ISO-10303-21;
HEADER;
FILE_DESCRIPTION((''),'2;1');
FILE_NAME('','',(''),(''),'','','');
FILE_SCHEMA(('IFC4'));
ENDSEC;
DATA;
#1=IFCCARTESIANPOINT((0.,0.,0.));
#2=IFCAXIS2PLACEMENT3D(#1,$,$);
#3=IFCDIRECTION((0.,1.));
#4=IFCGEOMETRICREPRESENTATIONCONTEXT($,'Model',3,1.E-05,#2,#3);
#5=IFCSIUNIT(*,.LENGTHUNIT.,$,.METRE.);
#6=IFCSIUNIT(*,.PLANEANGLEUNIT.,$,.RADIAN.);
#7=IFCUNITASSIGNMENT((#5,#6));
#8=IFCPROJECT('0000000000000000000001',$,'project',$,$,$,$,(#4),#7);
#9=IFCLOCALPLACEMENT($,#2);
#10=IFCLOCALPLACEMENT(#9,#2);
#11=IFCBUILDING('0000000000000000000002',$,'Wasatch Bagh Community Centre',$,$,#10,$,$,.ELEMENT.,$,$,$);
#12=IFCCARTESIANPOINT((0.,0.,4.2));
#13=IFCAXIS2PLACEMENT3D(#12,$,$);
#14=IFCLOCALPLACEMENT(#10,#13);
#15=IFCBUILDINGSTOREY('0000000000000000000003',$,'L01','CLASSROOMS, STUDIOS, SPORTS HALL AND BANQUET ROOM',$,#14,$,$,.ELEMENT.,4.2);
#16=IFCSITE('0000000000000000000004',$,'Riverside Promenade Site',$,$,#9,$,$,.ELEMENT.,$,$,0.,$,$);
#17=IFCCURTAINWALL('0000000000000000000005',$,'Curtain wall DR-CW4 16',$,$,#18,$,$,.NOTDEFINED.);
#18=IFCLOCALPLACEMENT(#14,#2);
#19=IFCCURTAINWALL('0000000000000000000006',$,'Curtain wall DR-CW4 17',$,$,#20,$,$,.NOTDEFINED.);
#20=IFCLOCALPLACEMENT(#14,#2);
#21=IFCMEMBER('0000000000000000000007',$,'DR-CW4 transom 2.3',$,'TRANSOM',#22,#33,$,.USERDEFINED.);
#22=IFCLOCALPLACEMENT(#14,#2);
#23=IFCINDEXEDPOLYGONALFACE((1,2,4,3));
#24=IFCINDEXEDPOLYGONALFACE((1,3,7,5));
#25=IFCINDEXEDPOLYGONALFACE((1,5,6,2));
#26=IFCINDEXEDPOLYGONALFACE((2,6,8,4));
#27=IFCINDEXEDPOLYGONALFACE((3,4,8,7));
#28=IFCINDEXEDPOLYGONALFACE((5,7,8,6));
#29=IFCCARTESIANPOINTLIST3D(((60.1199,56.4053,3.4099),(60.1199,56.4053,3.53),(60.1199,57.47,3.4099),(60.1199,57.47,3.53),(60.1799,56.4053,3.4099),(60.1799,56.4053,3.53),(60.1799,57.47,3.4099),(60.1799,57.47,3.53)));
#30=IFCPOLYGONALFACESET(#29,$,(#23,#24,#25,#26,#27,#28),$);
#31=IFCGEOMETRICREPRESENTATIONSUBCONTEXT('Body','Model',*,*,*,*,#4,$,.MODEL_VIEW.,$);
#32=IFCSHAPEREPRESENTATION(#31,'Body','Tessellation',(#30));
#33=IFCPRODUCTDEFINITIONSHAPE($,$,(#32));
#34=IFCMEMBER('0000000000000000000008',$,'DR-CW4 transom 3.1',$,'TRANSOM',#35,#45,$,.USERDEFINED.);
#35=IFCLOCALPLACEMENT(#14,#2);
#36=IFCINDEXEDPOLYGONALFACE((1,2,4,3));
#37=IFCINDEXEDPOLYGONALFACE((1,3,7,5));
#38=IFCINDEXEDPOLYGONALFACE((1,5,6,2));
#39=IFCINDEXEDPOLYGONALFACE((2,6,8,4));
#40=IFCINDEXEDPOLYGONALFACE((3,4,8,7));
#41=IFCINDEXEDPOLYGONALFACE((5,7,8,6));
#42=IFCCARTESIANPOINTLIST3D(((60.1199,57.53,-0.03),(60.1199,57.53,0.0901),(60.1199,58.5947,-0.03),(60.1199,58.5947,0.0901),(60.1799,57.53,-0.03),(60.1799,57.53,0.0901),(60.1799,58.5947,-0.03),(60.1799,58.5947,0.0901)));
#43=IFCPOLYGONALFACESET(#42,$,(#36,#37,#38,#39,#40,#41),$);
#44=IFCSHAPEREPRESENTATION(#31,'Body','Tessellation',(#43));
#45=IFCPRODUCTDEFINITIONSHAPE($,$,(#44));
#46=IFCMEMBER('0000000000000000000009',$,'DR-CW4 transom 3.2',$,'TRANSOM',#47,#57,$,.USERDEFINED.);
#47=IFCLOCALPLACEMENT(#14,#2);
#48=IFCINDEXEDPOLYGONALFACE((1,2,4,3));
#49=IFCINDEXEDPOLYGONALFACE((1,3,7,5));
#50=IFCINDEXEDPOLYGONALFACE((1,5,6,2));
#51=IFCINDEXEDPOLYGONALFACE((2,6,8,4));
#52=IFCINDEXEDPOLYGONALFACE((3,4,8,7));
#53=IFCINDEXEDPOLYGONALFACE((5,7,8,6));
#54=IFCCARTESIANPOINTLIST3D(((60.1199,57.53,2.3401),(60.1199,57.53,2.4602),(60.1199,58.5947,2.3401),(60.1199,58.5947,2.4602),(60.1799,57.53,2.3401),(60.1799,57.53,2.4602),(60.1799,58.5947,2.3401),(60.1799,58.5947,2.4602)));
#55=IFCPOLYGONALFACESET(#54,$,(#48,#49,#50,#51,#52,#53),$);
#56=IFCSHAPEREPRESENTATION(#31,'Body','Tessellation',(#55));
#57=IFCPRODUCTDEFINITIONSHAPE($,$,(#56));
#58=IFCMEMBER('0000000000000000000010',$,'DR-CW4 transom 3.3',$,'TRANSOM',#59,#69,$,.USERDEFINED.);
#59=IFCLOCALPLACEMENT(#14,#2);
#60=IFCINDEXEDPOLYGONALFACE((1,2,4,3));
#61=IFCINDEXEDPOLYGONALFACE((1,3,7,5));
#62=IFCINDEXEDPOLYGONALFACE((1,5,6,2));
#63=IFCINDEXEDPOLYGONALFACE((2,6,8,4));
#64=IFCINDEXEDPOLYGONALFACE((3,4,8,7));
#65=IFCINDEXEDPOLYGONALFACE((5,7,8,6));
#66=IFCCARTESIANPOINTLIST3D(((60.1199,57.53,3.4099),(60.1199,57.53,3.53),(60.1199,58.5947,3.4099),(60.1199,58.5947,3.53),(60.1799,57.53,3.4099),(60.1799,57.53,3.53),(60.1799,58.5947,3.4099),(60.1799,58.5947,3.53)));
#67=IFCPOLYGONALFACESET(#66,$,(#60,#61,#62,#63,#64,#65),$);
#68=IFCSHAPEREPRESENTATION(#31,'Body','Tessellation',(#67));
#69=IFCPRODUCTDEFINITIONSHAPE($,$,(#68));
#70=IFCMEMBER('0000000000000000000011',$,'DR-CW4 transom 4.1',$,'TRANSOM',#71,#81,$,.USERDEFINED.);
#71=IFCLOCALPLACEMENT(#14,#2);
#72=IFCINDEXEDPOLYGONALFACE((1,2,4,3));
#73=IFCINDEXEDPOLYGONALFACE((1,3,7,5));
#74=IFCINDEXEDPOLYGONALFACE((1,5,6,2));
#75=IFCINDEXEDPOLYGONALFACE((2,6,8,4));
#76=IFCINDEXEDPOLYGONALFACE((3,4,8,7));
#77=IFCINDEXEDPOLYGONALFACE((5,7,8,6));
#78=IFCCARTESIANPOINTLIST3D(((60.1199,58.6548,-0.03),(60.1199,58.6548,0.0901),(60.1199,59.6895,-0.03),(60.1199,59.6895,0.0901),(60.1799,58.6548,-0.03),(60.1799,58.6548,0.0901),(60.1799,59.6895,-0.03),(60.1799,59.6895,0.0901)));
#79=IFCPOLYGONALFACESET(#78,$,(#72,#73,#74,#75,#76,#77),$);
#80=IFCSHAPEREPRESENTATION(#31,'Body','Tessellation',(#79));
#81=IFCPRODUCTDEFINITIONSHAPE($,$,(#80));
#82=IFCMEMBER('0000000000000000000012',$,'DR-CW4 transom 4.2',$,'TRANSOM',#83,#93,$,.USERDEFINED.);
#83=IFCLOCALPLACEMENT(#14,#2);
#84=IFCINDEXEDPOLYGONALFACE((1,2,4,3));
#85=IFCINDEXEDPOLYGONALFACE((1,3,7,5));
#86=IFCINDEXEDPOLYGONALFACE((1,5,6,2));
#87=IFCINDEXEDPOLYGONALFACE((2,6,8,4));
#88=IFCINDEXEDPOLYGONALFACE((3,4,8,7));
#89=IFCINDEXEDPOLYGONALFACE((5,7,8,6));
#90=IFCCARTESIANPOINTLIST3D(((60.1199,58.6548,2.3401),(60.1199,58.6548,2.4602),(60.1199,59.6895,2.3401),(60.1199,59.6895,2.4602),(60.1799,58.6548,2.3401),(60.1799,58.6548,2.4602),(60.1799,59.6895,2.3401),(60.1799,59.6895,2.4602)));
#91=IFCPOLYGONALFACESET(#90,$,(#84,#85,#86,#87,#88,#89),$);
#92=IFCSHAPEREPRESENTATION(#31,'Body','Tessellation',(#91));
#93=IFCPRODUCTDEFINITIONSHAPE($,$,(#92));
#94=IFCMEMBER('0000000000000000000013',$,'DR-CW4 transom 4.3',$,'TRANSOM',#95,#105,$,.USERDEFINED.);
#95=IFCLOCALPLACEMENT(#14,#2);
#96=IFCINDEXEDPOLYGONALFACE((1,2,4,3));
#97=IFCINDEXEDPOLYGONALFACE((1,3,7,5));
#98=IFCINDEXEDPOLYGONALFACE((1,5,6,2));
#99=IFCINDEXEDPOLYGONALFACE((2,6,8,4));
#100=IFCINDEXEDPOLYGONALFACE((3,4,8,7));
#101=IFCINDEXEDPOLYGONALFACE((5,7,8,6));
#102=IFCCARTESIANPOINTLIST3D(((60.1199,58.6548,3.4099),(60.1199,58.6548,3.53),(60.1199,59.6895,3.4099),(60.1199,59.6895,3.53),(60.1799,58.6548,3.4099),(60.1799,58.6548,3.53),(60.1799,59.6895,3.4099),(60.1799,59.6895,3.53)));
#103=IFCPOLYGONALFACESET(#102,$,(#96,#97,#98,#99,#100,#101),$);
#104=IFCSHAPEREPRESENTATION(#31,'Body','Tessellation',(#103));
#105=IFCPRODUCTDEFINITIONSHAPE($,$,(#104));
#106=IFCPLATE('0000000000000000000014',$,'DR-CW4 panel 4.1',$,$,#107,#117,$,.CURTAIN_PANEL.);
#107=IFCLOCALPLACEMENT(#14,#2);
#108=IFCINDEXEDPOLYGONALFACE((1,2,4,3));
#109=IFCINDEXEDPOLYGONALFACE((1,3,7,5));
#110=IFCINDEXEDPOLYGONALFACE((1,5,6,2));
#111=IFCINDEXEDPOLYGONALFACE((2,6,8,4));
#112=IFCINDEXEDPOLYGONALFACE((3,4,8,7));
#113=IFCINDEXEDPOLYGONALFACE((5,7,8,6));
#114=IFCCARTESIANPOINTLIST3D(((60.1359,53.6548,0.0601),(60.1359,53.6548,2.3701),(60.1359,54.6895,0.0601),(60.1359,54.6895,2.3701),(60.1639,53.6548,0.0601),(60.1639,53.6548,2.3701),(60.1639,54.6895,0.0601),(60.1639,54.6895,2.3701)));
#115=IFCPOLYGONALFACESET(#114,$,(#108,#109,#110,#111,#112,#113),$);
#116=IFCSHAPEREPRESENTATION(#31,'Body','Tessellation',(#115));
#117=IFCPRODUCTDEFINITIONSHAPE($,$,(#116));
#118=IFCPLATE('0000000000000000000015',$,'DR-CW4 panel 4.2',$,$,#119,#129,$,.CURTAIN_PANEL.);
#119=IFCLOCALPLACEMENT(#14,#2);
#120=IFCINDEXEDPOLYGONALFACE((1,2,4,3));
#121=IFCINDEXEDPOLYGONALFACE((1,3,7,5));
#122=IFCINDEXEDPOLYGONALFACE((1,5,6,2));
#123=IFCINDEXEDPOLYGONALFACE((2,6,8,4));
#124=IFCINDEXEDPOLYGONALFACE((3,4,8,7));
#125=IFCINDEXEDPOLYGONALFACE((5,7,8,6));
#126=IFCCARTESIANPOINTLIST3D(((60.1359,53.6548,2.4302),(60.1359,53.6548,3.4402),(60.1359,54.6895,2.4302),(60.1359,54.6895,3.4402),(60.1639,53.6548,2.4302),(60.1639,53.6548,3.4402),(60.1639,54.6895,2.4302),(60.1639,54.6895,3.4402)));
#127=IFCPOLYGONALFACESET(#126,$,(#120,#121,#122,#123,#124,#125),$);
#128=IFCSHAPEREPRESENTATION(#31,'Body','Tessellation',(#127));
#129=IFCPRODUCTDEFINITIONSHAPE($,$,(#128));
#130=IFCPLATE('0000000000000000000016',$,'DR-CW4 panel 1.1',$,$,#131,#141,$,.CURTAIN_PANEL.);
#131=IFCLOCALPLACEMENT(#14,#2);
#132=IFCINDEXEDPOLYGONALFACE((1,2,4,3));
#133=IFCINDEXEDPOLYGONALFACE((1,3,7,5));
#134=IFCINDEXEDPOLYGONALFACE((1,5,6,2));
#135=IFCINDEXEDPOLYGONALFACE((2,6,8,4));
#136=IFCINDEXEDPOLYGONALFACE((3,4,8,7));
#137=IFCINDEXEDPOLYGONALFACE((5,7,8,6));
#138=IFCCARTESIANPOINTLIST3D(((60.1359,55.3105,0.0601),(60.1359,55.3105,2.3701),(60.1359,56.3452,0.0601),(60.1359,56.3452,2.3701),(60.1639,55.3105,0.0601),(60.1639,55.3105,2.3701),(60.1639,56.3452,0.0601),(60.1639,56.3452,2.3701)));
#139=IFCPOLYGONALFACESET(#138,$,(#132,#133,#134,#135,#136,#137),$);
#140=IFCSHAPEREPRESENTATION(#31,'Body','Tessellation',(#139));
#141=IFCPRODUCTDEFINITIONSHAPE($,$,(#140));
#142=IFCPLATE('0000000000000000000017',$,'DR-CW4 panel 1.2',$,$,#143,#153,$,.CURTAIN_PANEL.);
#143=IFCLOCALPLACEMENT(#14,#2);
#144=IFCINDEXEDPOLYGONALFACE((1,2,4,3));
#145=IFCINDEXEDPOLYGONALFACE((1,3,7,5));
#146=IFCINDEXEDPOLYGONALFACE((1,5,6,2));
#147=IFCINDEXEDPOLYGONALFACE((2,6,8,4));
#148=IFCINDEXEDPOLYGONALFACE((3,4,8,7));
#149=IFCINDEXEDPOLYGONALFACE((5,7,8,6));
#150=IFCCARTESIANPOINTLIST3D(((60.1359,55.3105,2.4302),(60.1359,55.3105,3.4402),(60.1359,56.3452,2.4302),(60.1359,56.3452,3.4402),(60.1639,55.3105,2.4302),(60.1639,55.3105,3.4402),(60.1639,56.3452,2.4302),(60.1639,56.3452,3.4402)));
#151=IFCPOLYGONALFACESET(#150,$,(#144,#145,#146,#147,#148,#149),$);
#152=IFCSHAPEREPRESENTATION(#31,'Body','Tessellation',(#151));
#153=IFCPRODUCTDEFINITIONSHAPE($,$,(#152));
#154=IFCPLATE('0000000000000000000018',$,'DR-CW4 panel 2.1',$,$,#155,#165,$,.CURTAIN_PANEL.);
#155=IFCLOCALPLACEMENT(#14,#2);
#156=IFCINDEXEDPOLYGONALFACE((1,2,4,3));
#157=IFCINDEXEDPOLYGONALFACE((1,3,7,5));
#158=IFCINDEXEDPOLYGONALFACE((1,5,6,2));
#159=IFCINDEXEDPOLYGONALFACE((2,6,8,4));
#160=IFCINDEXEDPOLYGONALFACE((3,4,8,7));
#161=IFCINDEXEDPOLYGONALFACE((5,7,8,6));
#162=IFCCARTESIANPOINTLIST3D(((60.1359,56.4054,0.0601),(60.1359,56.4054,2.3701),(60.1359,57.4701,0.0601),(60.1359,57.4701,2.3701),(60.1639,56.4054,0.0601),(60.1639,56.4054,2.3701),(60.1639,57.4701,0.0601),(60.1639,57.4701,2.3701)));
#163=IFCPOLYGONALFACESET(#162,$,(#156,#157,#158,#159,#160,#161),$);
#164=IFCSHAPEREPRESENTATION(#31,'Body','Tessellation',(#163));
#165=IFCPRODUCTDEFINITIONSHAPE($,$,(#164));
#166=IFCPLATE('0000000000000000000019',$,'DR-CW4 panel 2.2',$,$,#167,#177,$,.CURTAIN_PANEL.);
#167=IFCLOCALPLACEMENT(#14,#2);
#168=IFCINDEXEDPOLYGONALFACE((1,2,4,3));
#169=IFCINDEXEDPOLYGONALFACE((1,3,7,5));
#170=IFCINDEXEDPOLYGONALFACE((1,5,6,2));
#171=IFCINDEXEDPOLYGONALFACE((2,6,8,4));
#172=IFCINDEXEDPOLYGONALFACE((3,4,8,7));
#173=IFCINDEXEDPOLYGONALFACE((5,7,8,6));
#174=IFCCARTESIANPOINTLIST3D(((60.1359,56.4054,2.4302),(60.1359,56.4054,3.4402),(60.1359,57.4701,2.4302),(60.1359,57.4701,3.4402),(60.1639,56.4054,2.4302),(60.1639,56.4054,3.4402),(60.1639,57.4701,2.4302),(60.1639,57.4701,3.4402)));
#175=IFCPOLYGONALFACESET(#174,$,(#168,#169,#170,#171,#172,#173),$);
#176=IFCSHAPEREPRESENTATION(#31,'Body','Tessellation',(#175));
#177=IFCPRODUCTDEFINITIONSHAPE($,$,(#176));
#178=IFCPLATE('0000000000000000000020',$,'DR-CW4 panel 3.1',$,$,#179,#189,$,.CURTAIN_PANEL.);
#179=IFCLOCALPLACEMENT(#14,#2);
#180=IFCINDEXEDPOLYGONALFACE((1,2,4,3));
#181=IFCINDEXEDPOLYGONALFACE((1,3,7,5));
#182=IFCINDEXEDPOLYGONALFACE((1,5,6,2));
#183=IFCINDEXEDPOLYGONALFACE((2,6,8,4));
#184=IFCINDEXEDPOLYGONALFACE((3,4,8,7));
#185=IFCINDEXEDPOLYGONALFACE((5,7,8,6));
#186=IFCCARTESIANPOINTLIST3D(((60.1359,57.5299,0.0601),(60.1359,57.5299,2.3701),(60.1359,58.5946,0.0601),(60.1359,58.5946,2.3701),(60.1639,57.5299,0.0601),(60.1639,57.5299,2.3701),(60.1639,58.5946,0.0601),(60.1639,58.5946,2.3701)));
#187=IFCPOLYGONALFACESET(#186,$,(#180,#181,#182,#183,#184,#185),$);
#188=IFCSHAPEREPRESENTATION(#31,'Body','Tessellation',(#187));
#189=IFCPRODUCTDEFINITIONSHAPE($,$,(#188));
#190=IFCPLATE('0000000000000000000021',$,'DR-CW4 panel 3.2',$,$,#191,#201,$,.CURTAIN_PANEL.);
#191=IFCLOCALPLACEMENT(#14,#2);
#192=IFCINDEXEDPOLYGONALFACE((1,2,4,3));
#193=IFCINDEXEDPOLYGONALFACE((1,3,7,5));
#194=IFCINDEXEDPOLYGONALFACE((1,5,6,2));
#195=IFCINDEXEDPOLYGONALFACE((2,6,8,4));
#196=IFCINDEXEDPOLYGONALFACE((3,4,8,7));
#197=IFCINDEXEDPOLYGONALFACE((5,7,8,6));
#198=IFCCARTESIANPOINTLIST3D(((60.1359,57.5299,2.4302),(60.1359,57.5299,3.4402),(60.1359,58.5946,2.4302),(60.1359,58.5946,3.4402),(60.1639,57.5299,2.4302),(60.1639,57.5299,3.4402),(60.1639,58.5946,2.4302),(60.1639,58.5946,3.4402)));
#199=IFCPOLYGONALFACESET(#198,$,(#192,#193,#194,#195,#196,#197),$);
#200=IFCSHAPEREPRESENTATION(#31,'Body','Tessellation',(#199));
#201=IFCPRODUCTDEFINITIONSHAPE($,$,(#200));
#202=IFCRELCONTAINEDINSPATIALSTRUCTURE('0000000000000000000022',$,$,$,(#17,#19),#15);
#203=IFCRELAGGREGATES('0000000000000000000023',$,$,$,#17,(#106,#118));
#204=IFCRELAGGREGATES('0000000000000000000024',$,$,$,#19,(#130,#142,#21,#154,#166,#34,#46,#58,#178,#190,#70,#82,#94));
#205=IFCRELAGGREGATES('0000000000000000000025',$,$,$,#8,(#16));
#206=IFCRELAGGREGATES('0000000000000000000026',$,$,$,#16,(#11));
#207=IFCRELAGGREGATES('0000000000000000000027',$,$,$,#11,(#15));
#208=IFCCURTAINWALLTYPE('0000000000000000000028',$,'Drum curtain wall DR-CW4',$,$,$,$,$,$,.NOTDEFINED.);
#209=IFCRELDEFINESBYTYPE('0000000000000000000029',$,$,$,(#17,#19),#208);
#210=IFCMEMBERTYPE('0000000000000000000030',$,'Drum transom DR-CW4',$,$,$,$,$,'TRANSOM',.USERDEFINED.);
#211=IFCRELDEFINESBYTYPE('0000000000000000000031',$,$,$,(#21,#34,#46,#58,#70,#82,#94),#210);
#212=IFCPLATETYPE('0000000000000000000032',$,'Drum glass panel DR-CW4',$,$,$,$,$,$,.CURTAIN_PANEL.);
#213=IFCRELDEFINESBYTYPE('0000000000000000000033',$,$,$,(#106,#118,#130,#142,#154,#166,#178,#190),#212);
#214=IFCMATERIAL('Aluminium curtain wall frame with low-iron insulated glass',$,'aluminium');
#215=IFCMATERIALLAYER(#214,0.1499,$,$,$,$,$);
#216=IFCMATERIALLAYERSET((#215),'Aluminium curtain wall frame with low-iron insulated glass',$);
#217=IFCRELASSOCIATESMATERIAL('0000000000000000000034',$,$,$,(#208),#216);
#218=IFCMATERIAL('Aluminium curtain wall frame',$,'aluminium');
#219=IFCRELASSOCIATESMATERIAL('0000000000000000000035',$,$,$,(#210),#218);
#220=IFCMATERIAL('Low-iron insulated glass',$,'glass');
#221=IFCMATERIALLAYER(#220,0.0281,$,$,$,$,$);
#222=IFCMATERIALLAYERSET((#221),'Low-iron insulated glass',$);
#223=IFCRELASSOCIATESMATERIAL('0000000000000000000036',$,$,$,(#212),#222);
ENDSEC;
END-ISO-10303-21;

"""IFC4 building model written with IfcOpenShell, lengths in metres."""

from ifc_helpers import new_model, si_unit, direction, frame, origin, origin_2d, place, context, subcontext, project, spatial, rectangle, extrude, material, layer, layer_set, material_profile, profile_set, type_object, element, aggregate, save


model = new_model("IFC4")

# Units and contexts
model_context = context("Model", 3, precision=1e-05, world=origin(), true_north=direction((0.0, 1.0)))
body_context = subcontext(model_context, "Body", "Model", "MODEL_VIEW")
ifc_project = project(units=[si_unit("LENGTHUNIT", "METRE"), si_unit("PLANEANGLEUNIT", "RADIAN")], contexts=[model_context])

# Site, building, storey
site_placement = place(None, origin())
site = spatial("IfcSite", under=ifc_project, at=site_placement, Name="Riverside Promenade Site", CompositionType="ELEMENT", RefElevation=0.0)
building_placement = place(site_placement, origin())
building = spatial("IfcBuilding", under=site, at=building_placement, Name="Wasatch Bagh Community Centre", CompositionType="ELEMENT")
storey_placement = place(building_placement, frame((0.0, 0.0, 4.2)))
storey = spatial("IfcBuildingStorey", under=building, at=storey_placement, Name="L01", Description="CLASSROOMS, STUDIOS, SPORTS HALL AND BANQUET ROOM", CompositionType="ELEMENT", Elevation=4.2)

# Curtain wall
ifc_material_1 = material(Name="Aluminium curtain wall frame with low-iron insulated glass", Category="aluminium")
ifc_layer_1 = layer(ifc_material_1, 0.1499)
ifc_layer_set_1 = layer_set([ifc_layer_1], Name="Aluminium curtain wall frame with low-iron insulated glass")
curtain_wall_type = type_object("IfcCurtainWallType", Name="Drum curtain wall DR-CW4", PredefinedType="NOTDEFINED", material=ifc_layer_set_1)
curtain_wall_1_placement = place(storey_placement, origin())
curtain_wall_1 = element("IfcCurtainWall", 1, at=curtain_wall_1_placement, inside=storey, type_object=curtain_wall_type, Name="Curtain wall DR-CW4 16", PredefinedType="NOTDEFINED")
ifc_material_2 = material(Name="Aluminium curtain wall frame", Category="aluminium")

# Curtain wall
curtain_wall_2_placement = place(storey_placement, origin())
curtain_wall_2 = element("IfcCurtainWall", 2, at=curtain_wall_2_placement, inside=storey, type_object=curtain_wall_type, Name="Curtain wall DR-CW4 17", PredefinedType="NOTDEFINED")

# Members
ifc_material_profile_1 = material_profile(ifc_material_2, rectangle(XDim=0.0601, YDim=0.1201, at=origin_2d()), Name="Drum transom DR-CW4")
ifc_profile_set_1 = profile_set([ifc_material_profile_1], Name="Aluminium curtain wall frame")
member_type_1 = type_object("IfcMemberType", Name="Drum transom DR-CW4", ElementType="TRANSOM", PredefinedType="USERDEFINED", material=ifc_profile_set_1)
member_1_placement = place(storey_placement, frame((60.1499, 56.4053, 3.47), z_axis=(0.0, 1.0, 0.0), x_axis=(-1.0, 0.0, 0.0)))
member_1 = element("IfcMember", 3, at=member_1_placement, type_object=member_type_1, Name="DR-CW4 transom 2.3", ObjectType="TRANSOM", PredefinedType="USERDEFINED", context=body_context, shape_type="SweptSolid", body=[
    extrude(rectangle(XDim=0.0601, YDim=0.1201, at=origin_2d()), origin(), (0.0, 0.0, 1.0), 1.0647),
])
member_2_placement = place(storey_placement, frame((60.1499, 57.53, 0.03), z_axis=(0.0, 1.0, 0.0), x_axis=(-1.0, 0.0, 0.0)))
member_2 = element("IfcMember", 4, at=member_2_placement, type_object=member_type_1, Name="DR-CW4 transom 3.1", ObjectType="TRANSOM", PredefinedType="USERDEFINED", context=body_context, shape_type="SweptSolid", body=[
    extrude(rectangle(XDim=0.0601, YDim=0.1201, at=origin_2d()), origin(), (0.0, 0.0, 1.0), 1.0647),
])
member_3_placement = place(storey_placement, frame((60.1499, 57.53, 2.4001), z_axis=(0.0, 1.0, 0.0), x_axis=(-1.0, 0.0, 0.0)))
member_3 = element("IfcMember", 5, at=member_3_placement, type_object=member_type_1, Name="DR-CW4 transom 3.2", ObjectType="TRANSOM", PredefinedType="USERDEFINED", context=body_context, shape_type="SweptSolid", body=[
    extrude(rectangle(XDim=0.0601, YDim=0.1201, at=origin_2d()), origin(), (0.0, 0.0, 1.0), 1.0647),
])
member_4_placement = place(storey_placement, frame((60.1499, 57.53, 3.47), z_axis=(0.0, 1.0, 0.0), x_axis=(-1.0, 0.0, 0.0)))
member_4 = element("IfcMember", 6, at=member_4_placement, type_object=member_type_1, Name="DR-CW4 transom 3.3", ObjectType="TRANSOM", PredefinedType="USERDEFINED", context=body_context, shape_type="SweptSolid", body=[
    extrude(rectangle(XDim=0.0601, YDim=0.1201, at=origin_2d()), origin(), (0.0, 0.0, 1.0), 1.0647),
])
member_5_placement = place(storey_placement, frame((60.1499, 58.6548, 0.03), z_axis=(0.0, 1.0, 0.0), x_axis=(-1.0, 0.0, 0.0)))
member_5 = element("IfcMember", 7, at=member_5_placement, type_object=member_type_1, Name="DR-CW4 transom 4.1", ObjectType="TRANSOM", PredefinedType="USERDEFINED", context=body_context, shape_type="SweptSolid", body=[
    extrude(rectangle(XDim=0.0601, YDim=0.1201, at=origin_2d()), origin(), (0.0, 0.0, 1.0), 1.0347),
])
member_6_placement = place(storey_placement, frame((60.1499, 58.6548, 2.4001), z_axis=(0.0, 1.0, 0.0), x_axis=(-1.0, 0.0, 0.0)))
member_6 = element("IfcMember", 8, at=member_6_placement, type_object=member_type_1, Name="DR-CW4 transom 4.2", ObjectType="TRANSOM", PredefinedType="USERDEFINED", context=body_context, shape_type="SweptSolid", body=[
    extrude(rectangle(XDim=0.0601, YDim=0.1201, at=origin_2d()), origin(), (0.0, 0.0, 1.0), 1.0347),
])
member_7_placement = place(storey_placement, frame((60.1499, 58.6548, 3.47), z_axis=(0.0, 1.0, 0.0), x_axis=(-1.0, 0.0, 0.0)))
member_7 = element("IfcMember", 9, at=member_7_placement, type_object=member_type_1, Name="DR-CW4 transom 4.3", ObjectType="TRANSOM", PredefinedType="USERDEFINED", context=body_context, shape_type="SweptSolid", body=[
    extrude(rectangle(XDim=0.0601, YDim=0.1201, at=origin_2d()), origin(), (0.0, 0.0, 1.0), 1.0347),
])

# Plates
ifc_material_3 = material(Name="Low-iron insulated glass", Category="glass")
ifc_layer_2 = layer(ifc_material_3, 0.0281)
ifc_layer_set_2 = layer_set([ifc_layer_2], Name="Low-iron insulated glass")
plate_type = type_object("IfcPlateType", Name="Drum glass panel DR-CW4", PredefinedType="CURTAIN_PANEL", material=ifc_layer_set_2)
plate_1_placement = place(storey_placement, frame((60.1499, 54.1721, 0.0601), z_axis=(0.0, 0.0, 1.0), x_axis=(0.0, 1.0, 0.0)))
plate_1 = element("IfcPlate", 10, at=plate_1_placement, type_object=plate_type, Name="DR-CW4 panel 4.1", PredefinedType="CURTAIN_PANEL", context=body_context, shape_type="SweptSolid", body=[
    extrude(rectangle(XDim=1.0347, YDim=0.0281, at=origin_2d()), origin(), (0.0, 0.0, 1.0), 2.3101),
])
plate_2_placement = place(storey_placement, frame((60.1499, 54.1721, 2.4302), z_axis=(0.0, 0.0, 1.0), x_axis=(0.0, 1.0, 0.0)))
plate_2 = element("IfcPlate", 11, at=plate_2_placement, type_object=plate_type, Name="DR-CW4 panel 4.2", PredefinedType="CURTAIN_PANEL", context=body_context, shape_type="SweptSolid", body=[
    extrude(rectangle(XDim=1.0347, YDim=0.0281, at=origin_2d()), origin(), (0.0, 0.0, 1.0), 1.01),
])
aggregate(curtain_wall_1, [plate_1, plate_2])
plate_3_placement = place(storey_placement, frame((60.1499, 55.8279, 0.0601), z_axis=(0.0, 0.0, 1.0), x_axis=(0.0, 1.0, 0.0)))
plate_3 = element("IfcPlate", 12, at=plate_3_placement, type_object=plate_type, Name="DR-CW4 panel 1.1", PredefinedType="CURTAIN_PANEL", context=body_context, shape_type="SweptSolid", body=[
    extrude(rectangle(XDim=1.0347, YDim=0.0281, at=origin_2d()), origin(), (0.0, 0.0, 1.0), 2.3101),
])
plate_4_placement = place(storey_placement, frame((60.1499, 55.8279, 2.4302), z_axis=(0.0, 0.0, 1.0), x_axis=(0.0, 1.0, 0.0)))
plate_4 = element("IfcPlate", 13, at=plate_4_placement, type_object=plate_type, Name="DR-CW4 panel 1.2", PredefinedType="CURTAIN_PANEL", context=body_context, shape_type="SweptSolid", body=[
    extrude(rectangle(XDim=1.0347, YDim=0.0281, at=origin_2d()), origin(), (0.0, 0.0, 1.0), 1.01),
])
plate_5_placement = place(storey_placement, frame((60.1499, 56.9377, 0.0601), z_axis=(0.0, 0.0, 1.0), x_axis=(0.0, 1.0, 0.0)))
plate_5 = element("IfcPlate", 14, at=plate_5_placement, type_object=plate_type, Name="DR-CW4 panel 2.1", PredefinedType="CURTAIN_PANEL", context=body_context, shape_type="SweptSolid", body=[
    extrude(rectangle(XDim=1.0647, YDim=0.0281, at=origin_2d()), origin(), (0.0, 0.0, 1.0), 2.3101),
])
plate_6_placement = place(storey_placement, frame((60.1499, 56.9377, 2.4302), z_axis=(0.0, 0.0, 1.0), x_axis=(0.0, 1.0, 0.0)))
plate_6 = element("IfcPlate", 15, at=plate_6_placement, type_object=plate_type, Name="DR-CW4 panel 2.2", PredefinedType="CURTAIN_PANEL", context=body_context, shape_type="SweptSolid", body=[
    extrude(rectangle(XDim=1.0647, YDim=0.0281, at=origin_2d()), origin(), (0.0, 0.0, 1.0), 1.01),
])
plate_7_placement = place(storey_placement, frame((60.1499, 58.0623, 0.0601), z_axis=(0.0, 0.0, 1.0), x_axis=(0.0, 1.0, 0.0)))
plate_7 = element("IfcPlate", 16, at=plate_7_placement, type_object=plate_type, Name="DR-CW4 panel 3.1", PredefinedType="CURTAIN_PANEL", context=body_context, shape_type="SweptSolid", body=[
    extrude(rectangle(XDim=1.0647, YDim=0.0281, at=origin_2d()), origin(), (0.0, 0.0, 1.0), 2.3101),
])
plate_8_placement = place(storey_placement, frame((60.1499, 58.0623, 2.4302), z_axis=(0.0, 0.0, 1.0), x_axis=(0.0, 1.0, 0.0)))
plate_8 = element("IfcPlate", 17, at=plate_8_placement, type_object=plate_type, Name="DR-CW4 panel 3.2", PredefinedType="CURTAIN_PANEL", context=body_context, shape_type="SweptSolid", body=[
    extrude(rectangle(XDim=1.0647, YDim=0.0281, at=origin_2d()), origin(), (0.0, 0.0, 1.0), 1.01),
])
aggregate(curtain_wall_2, [plate_3, plate_4, member_1, plate_5, plate_6, member_2, member_3, member_4, plate_7, plate_8, member_5, member_6, member_7])

save(model, "model.ifc")
